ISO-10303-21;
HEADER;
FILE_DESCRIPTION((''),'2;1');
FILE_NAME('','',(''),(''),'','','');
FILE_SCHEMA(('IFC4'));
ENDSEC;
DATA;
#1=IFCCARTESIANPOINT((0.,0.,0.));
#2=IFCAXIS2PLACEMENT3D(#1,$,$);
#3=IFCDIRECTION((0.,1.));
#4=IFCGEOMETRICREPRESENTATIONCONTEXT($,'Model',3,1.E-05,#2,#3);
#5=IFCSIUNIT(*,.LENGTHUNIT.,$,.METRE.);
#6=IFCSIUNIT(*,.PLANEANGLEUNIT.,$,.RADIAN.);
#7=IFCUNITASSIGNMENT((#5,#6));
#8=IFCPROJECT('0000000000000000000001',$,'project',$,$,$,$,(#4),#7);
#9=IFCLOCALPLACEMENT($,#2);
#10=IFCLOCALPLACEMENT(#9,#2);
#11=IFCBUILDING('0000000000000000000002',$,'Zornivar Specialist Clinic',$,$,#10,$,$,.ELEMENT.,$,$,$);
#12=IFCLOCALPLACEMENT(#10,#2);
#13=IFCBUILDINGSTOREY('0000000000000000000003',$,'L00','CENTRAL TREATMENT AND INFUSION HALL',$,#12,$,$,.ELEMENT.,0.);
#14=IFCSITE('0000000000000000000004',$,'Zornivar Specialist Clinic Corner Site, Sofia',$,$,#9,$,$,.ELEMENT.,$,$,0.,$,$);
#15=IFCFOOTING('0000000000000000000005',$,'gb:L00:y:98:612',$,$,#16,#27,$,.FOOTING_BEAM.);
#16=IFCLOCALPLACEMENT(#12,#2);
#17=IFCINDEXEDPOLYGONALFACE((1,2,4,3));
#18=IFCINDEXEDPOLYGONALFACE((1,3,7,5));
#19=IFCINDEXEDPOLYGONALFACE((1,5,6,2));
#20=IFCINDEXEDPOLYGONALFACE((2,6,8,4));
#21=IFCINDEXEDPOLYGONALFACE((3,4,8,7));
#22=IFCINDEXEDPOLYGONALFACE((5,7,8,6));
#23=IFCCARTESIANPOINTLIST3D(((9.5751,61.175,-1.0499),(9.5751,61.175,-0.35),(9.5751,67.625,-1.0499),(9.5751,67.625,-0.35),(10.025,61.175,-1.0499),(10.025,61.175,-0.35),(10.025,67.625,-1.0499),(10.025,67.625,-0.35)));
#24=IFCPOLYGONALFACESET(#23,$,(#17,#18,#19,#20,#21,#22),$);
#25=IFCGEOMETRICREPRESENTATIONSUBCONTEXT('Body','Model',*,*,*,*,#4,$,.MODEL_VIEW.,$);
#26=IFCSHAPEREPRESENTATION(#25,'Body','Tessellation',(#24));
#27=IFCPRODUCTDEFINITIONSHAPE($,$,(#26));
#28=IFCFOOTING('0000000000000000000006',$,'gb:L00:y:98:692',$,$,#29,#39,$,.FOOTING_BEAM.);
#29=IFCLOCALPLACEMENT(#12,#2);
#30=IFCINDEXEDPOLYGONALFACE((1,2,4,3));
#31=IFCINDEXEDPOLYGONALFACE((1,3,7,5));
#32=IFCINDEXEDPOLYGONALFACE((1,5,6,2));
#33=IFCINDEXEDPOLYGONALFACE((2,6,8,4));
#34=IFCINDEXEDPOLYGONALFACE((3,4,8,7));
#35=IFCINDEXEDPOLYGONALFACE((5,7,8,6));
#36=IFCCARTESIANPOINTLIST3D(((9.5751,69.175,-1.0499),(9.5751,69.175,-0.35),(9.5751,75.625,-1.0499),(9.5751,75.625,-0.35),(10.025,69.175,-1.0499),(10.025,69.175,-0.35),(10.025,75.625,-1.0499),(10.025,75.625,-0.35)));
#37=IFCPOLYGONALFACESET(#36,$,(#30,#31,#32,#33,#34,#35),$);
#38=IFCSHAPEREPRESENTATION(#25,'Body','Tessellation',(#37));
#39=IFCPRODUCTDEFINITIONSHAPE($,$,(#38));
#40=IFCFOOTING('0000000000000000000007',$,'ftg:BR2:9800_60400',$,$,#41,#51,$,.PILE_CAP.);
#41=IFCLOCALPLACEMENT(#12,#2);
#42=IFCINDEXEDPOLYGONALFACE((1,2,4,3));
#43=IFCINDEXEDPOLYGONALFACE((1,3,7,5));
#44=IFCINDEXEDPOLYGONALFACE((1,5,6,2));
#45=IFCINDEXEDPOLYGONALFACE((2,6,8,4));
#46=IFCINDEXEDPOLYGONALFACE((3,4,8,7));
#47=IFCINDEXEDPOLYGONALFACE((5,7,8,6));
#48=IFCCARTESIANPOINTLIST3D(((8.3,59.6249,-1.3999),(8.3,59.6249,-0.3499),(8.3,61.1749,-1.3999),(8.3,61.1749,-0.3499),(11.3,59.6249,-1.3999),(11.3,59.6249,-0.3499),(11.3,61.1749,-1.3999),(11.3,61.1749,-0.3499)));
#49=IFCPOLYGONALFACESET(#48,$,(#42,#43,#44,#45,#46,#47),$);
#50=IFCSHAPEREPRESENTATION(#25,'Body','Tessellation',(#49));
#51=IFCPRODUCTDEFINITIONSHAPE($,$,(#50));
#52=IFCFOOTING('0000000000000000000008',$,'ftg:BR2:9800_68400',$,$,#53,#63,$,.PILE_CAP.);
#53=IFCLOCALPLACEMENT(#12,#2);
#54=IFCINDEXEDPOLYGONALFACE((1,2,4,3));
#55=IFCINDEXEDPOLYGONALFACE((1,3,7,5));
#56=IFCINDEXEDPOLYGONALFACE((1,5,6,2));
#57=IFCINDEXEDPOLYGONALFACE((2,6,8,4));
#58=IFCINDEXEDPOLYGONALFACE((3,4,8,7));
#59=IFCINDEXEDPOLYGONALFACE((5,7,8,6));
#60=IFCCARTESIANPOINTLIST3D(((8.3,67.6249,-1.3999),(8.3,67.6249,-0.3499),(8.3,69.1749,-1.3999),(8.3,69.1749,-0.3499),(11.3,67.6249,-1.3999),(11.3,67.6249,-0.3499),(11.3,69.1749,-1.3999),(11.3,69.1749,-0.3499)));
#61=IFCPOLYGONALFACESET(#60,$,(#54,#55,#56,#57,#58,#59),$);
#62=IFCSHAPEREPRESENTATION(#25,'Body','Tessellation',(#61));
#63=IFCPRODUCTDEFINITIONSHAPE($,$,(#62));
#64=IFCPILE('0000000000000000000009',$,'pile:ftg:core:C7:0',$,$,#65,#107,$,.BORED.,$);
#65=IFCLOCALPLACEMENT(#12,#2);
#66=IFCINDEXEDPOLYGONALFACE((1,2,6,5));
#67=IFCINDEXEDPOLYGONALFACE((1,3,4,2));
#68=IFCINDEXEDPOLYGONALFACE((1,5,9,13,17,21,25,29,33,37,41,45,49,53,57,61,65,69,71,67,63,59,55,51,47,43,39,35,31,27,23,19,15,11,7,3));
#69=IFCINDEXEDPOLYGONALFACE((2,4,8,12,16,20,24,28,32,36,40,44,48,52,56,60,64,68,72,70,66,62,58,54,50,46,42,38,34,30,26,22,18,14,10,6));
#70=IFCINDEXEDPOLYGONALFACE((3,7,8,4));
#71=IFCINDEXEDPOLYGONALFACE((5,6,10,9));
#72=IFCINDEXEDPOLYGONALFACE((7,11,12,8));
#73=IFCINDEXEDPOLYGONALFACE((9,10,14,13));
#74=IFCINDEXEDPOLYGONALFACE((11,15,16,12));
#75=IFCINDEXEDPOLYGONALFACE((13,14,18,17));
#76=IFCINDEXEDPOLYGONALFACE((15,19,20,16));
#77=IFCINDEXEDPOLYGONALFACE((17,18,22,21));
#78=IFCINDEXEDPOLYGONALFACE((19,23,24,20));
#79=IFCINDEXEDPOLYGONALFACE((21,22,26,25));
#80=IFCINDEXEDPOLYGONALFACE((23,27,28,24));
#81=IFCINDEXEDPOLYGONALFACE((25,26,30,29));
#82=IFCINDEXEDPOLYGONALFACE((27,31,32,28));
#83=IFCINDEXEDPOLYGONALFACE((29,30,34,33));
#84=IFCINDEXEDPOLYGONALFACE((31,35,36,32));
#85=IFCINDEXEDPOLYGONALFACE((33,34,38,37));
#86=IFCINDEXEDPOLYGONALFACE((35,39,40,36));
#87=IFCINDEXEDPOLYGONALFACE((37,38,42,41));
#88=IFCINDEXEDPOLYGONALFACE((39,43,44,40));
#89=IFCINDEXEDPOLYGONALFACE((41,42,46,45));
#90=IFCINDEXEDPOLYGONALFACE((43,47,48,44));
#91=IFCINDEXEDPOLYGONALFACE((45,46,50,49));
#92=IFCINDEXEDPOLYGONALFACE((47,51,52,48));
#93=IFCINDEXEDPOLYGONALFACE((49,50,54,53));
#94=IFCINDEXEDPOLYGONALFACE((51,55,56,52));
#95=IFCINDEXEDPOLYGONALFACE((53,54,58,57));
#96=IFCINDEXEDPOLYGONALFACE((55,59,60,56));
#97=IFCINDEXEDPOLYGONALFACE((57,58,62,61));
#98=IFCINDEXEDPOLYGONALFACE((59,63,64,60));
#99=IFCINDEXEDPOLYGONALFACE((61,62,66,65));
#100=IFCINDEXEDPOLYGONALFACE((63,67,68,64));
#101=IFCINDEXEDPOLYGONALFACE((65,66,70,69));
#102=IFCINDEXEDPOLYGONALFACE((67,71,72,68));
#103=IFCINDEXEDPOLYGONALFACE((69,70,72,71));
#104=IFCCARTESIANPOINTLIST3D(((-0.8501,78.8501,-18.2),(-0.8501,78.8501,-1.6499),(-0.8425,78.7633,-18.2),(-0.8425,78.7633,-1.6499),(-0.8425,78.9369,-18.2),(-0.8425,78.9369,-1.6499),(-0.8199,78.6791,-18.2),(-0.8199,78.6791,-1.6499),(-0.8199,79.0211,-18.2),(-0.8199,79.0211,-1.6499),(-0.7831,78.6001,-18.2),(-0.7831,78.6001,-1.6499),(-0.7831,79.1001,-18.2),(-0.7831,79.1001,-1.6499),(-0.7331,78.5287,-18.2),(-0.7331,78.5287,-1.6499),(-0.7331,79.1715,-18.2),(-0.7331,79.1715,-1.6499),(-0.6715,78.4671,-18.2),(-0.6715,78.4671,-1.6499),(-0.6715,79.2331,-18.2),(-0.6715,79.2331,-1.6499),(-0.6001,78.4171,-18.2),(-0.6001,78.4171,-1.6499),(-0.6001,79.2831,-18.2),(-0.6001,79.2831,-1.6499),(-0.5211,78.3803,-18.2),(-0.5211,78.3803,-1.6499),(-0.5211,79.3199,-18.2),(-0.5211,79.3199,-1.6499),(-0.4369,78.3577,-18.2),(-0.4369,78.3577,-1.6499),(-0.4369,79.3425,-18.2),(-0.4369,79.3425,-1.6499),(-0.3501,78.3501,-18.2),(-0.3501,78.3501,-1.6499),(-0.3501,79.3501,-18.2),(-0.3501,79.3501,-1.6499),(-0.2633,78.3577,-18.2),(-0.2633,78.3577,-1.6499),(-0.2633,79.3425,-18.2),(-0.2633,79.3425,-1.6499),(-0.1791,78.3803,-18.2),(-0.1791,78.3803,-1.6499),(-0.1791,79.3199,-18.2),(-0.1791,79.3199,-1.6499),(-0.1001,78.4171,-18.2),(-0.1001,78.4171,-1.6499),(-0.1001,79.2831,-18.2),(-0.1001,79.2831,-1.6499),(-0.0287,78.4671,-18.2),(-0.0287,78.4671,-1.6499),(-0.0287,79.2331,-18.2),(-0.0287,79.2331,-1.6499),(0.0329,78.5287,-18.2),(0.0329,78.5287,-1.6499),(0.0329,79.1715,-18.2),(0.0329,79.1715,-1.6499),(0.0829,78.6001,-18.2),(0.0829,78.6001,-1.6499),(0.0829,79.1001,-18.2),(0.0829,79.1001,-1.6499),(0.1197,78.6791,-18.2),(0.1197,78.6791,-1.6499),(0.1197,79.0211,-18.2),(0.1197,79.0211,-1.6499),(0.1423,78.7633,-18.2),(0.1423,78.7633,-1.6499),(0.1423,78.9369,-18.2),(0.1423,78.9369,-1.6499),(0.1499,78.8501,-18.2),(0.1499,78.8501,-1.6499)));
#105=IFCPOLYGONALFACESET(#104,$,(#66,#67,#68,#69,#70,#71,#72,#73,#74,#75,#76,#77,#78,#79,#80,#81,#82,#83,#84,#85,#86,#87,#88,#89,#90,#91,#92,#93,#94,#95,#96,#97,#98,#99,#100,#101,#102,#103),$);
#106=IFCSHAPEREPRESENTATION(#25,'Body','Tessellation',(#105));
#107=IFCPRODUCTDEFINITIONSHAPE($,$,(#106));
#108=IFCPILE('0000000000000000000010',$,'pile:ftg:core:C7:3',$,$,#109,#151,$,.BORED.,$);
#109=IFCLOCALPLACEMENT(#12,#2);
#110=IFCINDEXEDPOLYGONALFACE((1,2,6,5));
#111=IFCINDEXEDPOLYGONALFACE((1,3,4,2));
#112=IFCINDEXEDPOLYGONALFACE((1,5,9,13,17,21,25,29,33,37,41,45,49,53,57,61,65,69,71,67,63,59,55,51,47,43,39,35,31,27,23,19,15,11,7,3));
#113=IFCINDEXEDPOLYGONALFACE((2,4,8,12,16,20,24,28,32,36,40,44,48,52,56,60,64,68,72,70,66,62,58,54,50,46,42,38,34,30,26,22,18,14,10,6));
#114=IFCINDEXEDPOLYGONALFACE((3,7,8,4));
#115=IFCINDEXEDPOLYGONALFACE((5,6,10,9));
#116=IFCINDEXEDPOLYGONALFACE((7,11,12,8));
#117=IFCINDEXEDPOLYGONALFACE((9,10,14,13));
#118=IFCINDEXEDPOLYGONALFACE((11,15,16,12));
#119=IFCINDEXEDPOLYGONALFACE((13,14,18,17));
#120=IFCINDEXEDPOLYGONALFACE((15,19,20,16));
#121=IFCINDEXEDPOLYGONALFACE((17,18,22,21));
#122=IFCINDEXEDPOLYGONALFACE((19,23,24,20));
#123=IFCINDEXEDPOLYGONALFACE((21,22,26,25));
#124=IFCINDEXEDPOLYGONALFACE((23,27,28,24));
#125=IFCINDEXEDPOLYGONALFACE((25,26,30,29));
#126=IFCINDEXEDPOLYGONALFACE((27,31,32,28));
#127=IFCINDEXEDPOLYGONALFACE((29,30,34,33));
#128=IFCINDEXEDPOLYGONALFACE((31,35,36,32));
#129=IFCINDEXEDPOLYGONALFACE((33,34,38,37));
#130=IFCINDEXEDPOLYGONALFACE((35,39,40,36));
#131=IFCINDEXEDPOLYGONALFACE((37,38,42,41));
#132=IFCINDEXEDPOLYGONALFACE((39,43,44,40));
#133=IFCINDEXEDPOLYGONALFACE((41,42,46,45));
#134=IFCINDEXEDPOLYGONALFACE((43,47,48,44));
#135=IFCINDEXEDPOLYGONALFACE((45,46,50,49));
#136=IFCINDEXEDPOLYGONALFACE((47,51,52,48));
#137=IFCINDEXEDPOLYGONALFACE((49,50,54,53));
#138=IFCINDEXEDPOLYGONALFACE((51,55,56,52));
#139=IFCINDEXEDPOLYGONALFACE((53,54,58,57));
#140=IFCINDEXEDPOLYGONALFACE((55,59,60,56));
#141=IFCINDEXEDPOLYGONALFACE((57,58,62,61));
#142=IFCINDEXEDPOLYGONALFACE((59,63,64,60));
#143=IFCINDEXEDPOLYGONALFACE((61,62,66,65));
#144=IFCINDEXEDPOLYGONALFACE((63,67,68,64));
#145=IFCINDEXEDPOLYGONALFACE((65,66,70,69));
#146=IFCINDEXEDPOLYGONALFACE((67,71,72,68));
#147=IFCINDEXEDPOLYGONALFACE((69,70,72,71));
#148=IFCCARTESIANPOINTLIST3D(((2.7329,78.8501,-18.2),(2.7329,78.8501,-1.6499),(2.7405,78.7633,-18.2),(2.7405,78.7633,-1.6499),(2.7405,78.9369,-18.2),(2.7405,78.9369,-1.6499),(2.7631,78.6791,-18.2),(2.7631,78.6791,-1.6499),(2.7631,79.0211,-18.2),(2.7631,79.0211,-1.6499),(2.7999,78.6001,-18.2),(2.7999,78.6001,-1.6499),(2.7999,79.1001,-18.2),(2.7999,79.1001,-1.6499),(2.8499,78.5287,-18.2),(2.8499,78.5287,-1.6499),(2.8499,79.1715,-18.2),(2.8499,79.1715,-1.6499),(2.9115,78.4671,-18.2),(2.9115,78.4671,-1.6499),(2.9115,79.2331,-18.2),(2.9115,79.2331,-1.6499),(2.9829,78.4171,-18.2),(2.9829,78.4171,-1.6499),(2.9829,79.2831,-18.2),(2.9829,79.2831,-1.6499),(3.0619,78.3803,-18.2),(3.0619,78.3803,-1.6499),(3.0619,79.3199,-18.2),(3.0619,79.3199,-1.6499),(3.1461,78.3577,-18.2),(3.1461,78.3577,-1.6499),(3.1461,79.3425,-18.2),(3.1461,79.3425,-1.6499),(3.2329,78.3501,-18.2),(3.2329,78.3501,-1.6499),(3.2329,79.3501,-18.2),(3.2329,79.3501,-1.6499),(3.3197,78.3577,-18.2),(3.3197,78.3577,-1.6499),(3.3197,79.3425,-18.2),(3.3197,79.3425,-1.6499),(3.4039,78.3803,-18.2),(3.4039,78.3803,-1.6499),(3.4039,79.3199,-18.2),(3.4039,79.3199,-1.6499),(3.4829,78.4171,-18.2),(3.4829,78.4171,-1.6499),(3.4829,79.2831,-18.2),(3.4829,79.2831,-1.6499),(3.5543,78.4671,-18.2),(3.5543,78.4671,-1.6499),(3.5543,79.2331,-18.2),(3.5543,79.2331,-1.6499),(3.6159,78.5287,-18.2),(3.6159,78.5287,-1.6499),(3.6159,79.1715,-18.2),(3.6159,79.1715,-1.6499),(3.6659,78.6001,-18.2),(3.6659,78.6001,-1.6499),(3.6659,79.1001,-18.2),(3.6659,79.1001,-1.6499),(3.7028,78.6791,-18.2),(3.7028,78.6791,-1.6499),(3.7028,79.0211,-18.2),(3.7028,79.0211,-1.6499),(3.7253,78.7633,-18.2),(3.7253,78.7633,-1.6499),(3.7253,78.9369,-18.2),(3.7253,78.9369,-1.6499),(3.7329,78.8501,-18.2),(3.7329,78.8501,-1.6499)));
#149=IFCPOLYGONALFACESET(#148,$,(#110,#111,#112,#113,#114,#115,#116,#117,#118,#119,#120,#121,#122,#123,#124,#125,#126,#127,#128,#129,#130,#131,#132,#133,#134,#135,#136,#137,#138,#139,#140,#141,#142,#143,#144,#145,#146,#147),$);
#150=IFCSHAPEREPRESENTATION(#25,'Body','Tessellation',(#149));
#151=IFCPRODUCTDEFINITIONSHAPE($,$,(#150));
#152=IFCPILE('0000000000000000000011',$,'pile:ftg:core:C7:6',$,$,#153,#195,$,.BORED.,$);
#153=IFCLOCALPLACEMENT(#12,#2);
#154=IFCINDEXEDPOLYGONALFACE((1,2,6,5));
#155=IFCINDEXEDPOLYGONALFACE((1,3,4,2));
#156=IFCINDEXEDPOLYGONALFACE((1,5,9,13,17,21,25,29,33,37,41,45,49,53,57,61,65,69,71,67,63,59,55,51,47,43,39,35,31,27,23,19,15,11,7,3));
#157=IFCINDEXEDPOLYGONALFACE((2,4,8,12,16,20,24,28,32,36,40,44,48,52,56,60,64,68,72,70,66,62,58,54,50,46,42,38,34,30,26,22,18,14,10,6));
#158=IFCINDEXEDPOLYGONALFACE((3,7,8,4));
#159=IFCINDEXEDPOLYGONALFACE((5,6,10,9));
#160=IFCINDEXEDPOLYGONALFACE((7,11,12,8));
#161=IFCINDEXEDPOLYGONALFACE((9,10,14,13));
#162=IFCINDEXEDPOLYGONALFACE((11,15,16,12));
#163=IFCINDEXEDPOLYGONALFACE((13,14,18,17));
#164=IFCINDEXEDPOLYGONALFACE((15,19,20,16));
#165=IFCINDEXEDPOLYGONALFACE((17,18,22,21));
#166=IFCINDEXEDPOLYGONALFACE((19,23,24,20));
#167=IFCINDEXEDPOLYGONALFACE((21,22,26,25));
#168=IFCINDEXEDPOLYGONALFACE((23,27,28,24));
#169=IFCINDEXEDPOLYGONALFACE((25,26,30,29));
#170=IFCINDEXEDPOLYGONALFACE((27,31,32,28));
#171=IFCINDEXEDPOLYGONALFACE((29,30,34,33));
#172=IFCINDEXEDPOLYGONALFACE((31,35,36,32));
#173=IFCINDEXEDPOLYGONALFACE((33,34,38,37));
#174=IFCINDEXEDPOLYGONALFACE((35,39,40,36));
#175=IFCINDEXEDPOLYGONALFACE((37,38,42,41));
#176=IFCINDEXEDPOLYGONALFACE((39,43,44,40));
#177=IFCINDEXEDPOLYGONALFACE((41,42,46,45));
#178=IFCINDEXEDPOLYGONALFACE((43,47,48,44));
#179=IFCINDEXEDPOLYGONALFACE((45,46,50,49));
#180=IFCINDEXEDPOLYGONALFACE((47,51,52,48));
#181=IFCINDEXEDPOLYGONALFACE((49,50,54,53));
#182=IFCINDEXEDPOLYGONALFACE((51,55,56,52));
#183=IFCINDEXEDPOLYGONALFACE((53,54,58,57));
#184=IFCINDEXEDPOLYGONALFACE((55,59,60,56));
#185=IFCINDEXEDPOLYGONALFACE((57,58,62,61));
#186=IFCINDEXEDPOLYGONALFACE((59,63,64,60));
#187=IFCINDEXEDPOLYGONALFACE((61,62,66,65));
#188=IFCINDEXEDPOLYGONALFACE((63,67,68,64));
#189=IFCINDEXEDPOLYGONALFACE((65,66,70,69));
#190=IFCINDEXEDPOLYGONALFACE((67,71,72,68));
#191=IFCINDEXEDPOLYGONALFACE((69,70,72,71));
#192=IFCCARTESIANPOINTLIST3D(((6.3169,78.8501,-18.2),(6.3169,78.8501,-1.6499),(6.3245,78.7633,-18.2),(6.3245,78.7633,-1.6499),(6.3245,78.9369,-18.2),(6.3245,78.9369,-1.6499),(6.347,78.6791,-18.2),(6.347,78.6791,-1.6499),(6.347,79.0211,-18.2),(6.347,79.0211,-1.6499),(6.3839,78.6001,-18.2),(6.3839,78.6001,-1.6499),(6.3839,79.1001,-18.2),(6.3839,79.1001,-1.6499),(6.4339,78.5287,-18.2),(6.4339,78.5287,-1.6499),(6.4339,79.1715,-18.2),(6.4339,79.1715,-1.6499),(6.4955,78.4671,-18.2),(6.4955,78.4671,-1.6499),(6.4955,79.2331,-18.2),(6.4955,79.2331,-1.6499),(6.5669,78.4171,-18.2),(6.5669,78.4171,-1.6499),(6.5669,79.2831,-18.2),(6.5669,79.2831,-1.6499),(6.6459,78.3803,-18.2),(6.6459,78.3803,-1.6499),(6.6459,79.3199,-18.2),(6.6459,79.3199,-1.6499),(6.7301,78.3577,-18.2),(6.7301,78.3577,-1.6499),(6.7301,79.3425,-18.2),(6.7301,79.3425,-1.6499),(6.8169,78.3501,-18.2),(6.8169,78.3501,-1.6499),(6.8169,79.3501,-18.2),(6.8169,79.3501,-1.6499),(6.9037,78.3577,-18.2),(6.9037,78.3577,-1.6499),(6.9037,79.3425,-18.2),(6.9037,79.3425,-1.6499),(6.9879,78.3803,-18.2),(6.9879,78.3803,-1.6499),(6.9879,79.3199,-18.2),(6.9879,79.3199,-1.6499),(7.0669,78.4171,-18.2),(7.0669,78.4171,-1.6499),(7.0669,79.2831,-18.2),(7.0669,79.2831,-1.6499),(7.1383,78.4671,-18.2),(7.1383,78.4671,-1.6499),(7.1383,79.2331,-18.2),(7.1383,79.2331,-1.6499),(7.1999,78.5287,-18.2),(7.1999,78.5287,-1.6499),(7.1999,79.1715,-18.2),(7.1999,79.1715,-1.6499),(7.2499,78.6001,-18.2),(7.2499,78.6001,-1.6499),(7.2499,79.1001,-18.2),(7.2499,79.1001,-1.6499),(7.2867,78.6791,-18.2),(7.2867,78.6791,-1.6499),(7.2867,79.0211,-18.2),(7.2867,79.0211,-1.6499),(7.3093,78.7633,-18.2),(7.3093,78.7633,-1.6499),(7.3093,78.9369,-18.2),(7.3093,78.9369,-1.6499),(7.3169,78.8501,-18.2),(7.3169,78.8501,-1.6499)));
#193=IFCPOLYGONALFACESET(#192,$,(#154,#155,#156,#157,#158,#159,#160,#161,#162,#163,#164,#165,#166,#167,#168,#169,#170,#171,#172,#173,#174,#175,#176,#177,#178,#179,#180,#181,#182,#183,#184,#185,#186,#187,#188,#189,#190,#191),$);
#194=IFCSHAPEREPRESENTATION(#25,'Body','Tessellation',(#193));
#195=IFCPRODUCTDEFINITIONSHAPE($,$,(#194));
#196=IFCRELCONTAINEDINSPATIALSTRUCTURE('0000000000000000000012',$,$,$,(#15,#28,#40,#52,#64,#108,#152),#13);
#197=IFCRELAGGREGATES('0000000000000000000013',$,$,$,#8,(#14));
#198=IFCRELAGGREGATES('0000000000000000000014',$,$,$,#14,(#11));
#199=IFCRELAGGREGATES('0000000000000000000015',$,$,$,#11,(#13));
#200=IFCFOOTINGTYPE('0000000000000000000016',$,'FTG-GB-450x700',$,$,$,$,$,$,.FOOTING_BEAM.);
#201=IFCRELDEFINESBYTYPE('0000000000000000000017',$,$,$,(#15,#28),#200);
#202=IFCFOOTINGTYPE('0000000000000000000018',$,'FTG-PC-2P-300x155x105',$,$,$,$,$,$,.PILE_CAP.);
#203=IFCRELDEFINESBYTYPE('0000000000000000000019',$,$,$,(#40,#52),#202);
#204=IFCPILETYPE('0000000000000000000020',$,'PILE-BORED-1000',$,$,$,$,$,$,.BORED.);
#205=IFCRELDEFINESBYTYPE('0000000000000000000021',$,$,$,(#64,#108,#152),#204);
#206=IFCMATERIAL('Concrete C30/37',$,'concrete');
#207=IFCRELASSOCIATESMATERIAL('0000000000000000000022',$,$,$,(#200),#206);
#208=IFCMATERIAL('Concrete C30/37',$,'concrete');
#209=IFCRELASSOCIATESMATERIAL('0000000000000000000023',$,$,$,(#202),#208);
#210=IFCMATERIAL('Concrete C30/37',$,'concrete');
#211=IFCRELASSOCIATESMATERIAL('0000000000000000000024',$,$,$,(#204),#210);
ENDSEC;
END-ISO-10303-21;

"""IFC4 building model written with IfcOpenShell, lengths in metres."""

from ifc_helpers import new_model, si_unit, direction, frame, origin, origin_2d, place, context, subcontext, project, spatial, rectangle, circle, extrude, material, material_profile, profile_set, type_object, element, save


model = new_model("IFC4")

# Units and contexts
model_context = context("Model", 3, precision=1e-05, world=origin(), true_north=direction((0.0, 1.0)))
body_context = subcontext(model_context, "Body", "Model", "MODEL_VIEW")
ifc_project = project(units=[si_unit("LENGTHUNIT", "METRE"), si_unit("PLANEANGLEUNIT", "RADIAN")], contexts=[model_context])

# Site, building, storey
site_placement = place(None, origin())
site = spatial("IfcSite", under=ifc_project, at=site_placement, Name="Zornivar Specialist Clinic Corner Site, Sofia", CompositionType="ELEMENT", RefElevation=0.0)
building_placement = place(site_placement, origin())
building = spatial("IfcBuilding", under=site, at=building_placement, Name="Zornivar Specialist Clinic", CompositionType="ELEMENT")
storey_placement = place(building_placement, origin())
storey = spatial("IfcBuildingStorey", under=building, at=storey_placement, Name="L00", Description="CENTRAL TREATMENT AND INFUSION HALL", CompositionType="ELEMENT", Elevation=0.0)

# Footings
ifc_material_1 = material(Name="Concrete C30/37", Category="concrete")
ifc_material_profile_1 = material_profile(ifc_material_1, rectangle(XDim=0.45, YDim=0.7, at=origin_2d()), Name="RC 450x700")
ifc_profile_set_1 = profile_set([ifc_material_profile_1], Name="Concrete C30/37")
footing_type_1 = type_object("IfcFootingType", Name="FTG-GB-450x700", PredefinedType="FOOTING_BEAM", material=ifc_profile_set_1)
for number, where, z_axis, x_axis, name in (
    (1, (9.8, 61.175, -0.7), (0.0, 1.0, 0.0), (-1.0, 0.0, 0.0), "gb:L00:y:98:612"),
    (2, (9.8, 69.175, -0.7), (0.0, 1.0, 0.0), (-1.0, 0.0, 0.0), "gb:L00:y:98:692"),
):
    element("IfcFooting", number, at=place(storey_placement, frame(where, z_axis=z_axis, x_axis=x_axis)), inside=storey, type_object=footing_type_1, Name=name, PredefinedType="FOOTING_BEAM", context=body_context, shape_type="SweptSolid", body=[
        extrude(rectangle(XDim=0.45, YDim=0.7, at=origin_2d()), origin(), (0.0, 0.0, 1.0), 6.45),
    ])
ifc_material_2 = material(Name="Concrete C30/37", Category="concrete")
footing_type_2 = type_object("IfcFootingType", Name="FTG-PC-2P-300x155x105", PredefinedType="PILE_CAP", material=ifc_material_2)
for number, where, z_axis, x_axis, name in (
    (3, (9.8, 60.3999, -1.3999), (0.0, 0.0, 1.0), (1.0, 0.0, 0.0), "ftg:BR2:9800_60400"),
    (4, (9.8, 68.3999, -1.3999), (0.0, 0.0, 1.0), (1.0, 0.0, 0.0), "ftg:BR2:9800_68400"),
):
    element("IfcFooting", number, at=place(storey_placement, frame(where, z_axis=z_axis, x_axis=x_axis)), inside=storey, type_object=footing_type_2, Name=name, PredefinedType="PILE_CAP", context=body_context, shape_type="SweptSolid", body=[
        extrude(rectangle(XDim=3.0, YDim=1.55, at=origin_2d()), origin(), (0.0, 0.0, 1.0), 1.05),
    ])

# Piles
ifc_material_3 = material(Name="Concrete C30/37", Category="concrete")
ifc_material_profile_2 = material_profile(ifc_material_3, circle(Radius=0.5, at=origin_2d()), Name="PILE D1000")
ifc_profile_set_2 = profile_set([ifc_material_profile_2], Name="Concrete C30/37")
pile_type_1 = type_object("IfcPileType", Name="PILE-BORED-1000", PredefinedType="BORED", material=ifc_profile_set_2)
for number, where, z_axis, x_axis, name in (
    (5, (-0.3501, 78.8501, -1.6499), (0.0, 0.0, -1.0), (1.0, 0.0, 0.0), "pile:ftg:core:C7:0"),
    (6, (3.2329, 78.8501, -1.6499), (0.0, 0.0, -1.0), (1.0, 0.0, 0.0), "pile:ftg:core:C7:3"),
    (7, (6.8169, 78.8501, -1.6499), (0.0, 0.0, -1.0), (1.0, 0.0, 0.0), "pile:ftg:core:C7:6"),
):
    element("IfcPile", number, at=place(storey_placement, frame(where, z_axis=z_axis, x_axis=x_axis)), inside=storey, type_object=pile_type_1, Name=name, PredefinedType="BORED", context=body_context, shape_type="SweptSolid", body=[
        extrude(circle(Radius=0.5, at=origin_2d()), origin(), (0.0, 0.0, 1.0), 16.55),
    ])

save(model, "model.ifc")
